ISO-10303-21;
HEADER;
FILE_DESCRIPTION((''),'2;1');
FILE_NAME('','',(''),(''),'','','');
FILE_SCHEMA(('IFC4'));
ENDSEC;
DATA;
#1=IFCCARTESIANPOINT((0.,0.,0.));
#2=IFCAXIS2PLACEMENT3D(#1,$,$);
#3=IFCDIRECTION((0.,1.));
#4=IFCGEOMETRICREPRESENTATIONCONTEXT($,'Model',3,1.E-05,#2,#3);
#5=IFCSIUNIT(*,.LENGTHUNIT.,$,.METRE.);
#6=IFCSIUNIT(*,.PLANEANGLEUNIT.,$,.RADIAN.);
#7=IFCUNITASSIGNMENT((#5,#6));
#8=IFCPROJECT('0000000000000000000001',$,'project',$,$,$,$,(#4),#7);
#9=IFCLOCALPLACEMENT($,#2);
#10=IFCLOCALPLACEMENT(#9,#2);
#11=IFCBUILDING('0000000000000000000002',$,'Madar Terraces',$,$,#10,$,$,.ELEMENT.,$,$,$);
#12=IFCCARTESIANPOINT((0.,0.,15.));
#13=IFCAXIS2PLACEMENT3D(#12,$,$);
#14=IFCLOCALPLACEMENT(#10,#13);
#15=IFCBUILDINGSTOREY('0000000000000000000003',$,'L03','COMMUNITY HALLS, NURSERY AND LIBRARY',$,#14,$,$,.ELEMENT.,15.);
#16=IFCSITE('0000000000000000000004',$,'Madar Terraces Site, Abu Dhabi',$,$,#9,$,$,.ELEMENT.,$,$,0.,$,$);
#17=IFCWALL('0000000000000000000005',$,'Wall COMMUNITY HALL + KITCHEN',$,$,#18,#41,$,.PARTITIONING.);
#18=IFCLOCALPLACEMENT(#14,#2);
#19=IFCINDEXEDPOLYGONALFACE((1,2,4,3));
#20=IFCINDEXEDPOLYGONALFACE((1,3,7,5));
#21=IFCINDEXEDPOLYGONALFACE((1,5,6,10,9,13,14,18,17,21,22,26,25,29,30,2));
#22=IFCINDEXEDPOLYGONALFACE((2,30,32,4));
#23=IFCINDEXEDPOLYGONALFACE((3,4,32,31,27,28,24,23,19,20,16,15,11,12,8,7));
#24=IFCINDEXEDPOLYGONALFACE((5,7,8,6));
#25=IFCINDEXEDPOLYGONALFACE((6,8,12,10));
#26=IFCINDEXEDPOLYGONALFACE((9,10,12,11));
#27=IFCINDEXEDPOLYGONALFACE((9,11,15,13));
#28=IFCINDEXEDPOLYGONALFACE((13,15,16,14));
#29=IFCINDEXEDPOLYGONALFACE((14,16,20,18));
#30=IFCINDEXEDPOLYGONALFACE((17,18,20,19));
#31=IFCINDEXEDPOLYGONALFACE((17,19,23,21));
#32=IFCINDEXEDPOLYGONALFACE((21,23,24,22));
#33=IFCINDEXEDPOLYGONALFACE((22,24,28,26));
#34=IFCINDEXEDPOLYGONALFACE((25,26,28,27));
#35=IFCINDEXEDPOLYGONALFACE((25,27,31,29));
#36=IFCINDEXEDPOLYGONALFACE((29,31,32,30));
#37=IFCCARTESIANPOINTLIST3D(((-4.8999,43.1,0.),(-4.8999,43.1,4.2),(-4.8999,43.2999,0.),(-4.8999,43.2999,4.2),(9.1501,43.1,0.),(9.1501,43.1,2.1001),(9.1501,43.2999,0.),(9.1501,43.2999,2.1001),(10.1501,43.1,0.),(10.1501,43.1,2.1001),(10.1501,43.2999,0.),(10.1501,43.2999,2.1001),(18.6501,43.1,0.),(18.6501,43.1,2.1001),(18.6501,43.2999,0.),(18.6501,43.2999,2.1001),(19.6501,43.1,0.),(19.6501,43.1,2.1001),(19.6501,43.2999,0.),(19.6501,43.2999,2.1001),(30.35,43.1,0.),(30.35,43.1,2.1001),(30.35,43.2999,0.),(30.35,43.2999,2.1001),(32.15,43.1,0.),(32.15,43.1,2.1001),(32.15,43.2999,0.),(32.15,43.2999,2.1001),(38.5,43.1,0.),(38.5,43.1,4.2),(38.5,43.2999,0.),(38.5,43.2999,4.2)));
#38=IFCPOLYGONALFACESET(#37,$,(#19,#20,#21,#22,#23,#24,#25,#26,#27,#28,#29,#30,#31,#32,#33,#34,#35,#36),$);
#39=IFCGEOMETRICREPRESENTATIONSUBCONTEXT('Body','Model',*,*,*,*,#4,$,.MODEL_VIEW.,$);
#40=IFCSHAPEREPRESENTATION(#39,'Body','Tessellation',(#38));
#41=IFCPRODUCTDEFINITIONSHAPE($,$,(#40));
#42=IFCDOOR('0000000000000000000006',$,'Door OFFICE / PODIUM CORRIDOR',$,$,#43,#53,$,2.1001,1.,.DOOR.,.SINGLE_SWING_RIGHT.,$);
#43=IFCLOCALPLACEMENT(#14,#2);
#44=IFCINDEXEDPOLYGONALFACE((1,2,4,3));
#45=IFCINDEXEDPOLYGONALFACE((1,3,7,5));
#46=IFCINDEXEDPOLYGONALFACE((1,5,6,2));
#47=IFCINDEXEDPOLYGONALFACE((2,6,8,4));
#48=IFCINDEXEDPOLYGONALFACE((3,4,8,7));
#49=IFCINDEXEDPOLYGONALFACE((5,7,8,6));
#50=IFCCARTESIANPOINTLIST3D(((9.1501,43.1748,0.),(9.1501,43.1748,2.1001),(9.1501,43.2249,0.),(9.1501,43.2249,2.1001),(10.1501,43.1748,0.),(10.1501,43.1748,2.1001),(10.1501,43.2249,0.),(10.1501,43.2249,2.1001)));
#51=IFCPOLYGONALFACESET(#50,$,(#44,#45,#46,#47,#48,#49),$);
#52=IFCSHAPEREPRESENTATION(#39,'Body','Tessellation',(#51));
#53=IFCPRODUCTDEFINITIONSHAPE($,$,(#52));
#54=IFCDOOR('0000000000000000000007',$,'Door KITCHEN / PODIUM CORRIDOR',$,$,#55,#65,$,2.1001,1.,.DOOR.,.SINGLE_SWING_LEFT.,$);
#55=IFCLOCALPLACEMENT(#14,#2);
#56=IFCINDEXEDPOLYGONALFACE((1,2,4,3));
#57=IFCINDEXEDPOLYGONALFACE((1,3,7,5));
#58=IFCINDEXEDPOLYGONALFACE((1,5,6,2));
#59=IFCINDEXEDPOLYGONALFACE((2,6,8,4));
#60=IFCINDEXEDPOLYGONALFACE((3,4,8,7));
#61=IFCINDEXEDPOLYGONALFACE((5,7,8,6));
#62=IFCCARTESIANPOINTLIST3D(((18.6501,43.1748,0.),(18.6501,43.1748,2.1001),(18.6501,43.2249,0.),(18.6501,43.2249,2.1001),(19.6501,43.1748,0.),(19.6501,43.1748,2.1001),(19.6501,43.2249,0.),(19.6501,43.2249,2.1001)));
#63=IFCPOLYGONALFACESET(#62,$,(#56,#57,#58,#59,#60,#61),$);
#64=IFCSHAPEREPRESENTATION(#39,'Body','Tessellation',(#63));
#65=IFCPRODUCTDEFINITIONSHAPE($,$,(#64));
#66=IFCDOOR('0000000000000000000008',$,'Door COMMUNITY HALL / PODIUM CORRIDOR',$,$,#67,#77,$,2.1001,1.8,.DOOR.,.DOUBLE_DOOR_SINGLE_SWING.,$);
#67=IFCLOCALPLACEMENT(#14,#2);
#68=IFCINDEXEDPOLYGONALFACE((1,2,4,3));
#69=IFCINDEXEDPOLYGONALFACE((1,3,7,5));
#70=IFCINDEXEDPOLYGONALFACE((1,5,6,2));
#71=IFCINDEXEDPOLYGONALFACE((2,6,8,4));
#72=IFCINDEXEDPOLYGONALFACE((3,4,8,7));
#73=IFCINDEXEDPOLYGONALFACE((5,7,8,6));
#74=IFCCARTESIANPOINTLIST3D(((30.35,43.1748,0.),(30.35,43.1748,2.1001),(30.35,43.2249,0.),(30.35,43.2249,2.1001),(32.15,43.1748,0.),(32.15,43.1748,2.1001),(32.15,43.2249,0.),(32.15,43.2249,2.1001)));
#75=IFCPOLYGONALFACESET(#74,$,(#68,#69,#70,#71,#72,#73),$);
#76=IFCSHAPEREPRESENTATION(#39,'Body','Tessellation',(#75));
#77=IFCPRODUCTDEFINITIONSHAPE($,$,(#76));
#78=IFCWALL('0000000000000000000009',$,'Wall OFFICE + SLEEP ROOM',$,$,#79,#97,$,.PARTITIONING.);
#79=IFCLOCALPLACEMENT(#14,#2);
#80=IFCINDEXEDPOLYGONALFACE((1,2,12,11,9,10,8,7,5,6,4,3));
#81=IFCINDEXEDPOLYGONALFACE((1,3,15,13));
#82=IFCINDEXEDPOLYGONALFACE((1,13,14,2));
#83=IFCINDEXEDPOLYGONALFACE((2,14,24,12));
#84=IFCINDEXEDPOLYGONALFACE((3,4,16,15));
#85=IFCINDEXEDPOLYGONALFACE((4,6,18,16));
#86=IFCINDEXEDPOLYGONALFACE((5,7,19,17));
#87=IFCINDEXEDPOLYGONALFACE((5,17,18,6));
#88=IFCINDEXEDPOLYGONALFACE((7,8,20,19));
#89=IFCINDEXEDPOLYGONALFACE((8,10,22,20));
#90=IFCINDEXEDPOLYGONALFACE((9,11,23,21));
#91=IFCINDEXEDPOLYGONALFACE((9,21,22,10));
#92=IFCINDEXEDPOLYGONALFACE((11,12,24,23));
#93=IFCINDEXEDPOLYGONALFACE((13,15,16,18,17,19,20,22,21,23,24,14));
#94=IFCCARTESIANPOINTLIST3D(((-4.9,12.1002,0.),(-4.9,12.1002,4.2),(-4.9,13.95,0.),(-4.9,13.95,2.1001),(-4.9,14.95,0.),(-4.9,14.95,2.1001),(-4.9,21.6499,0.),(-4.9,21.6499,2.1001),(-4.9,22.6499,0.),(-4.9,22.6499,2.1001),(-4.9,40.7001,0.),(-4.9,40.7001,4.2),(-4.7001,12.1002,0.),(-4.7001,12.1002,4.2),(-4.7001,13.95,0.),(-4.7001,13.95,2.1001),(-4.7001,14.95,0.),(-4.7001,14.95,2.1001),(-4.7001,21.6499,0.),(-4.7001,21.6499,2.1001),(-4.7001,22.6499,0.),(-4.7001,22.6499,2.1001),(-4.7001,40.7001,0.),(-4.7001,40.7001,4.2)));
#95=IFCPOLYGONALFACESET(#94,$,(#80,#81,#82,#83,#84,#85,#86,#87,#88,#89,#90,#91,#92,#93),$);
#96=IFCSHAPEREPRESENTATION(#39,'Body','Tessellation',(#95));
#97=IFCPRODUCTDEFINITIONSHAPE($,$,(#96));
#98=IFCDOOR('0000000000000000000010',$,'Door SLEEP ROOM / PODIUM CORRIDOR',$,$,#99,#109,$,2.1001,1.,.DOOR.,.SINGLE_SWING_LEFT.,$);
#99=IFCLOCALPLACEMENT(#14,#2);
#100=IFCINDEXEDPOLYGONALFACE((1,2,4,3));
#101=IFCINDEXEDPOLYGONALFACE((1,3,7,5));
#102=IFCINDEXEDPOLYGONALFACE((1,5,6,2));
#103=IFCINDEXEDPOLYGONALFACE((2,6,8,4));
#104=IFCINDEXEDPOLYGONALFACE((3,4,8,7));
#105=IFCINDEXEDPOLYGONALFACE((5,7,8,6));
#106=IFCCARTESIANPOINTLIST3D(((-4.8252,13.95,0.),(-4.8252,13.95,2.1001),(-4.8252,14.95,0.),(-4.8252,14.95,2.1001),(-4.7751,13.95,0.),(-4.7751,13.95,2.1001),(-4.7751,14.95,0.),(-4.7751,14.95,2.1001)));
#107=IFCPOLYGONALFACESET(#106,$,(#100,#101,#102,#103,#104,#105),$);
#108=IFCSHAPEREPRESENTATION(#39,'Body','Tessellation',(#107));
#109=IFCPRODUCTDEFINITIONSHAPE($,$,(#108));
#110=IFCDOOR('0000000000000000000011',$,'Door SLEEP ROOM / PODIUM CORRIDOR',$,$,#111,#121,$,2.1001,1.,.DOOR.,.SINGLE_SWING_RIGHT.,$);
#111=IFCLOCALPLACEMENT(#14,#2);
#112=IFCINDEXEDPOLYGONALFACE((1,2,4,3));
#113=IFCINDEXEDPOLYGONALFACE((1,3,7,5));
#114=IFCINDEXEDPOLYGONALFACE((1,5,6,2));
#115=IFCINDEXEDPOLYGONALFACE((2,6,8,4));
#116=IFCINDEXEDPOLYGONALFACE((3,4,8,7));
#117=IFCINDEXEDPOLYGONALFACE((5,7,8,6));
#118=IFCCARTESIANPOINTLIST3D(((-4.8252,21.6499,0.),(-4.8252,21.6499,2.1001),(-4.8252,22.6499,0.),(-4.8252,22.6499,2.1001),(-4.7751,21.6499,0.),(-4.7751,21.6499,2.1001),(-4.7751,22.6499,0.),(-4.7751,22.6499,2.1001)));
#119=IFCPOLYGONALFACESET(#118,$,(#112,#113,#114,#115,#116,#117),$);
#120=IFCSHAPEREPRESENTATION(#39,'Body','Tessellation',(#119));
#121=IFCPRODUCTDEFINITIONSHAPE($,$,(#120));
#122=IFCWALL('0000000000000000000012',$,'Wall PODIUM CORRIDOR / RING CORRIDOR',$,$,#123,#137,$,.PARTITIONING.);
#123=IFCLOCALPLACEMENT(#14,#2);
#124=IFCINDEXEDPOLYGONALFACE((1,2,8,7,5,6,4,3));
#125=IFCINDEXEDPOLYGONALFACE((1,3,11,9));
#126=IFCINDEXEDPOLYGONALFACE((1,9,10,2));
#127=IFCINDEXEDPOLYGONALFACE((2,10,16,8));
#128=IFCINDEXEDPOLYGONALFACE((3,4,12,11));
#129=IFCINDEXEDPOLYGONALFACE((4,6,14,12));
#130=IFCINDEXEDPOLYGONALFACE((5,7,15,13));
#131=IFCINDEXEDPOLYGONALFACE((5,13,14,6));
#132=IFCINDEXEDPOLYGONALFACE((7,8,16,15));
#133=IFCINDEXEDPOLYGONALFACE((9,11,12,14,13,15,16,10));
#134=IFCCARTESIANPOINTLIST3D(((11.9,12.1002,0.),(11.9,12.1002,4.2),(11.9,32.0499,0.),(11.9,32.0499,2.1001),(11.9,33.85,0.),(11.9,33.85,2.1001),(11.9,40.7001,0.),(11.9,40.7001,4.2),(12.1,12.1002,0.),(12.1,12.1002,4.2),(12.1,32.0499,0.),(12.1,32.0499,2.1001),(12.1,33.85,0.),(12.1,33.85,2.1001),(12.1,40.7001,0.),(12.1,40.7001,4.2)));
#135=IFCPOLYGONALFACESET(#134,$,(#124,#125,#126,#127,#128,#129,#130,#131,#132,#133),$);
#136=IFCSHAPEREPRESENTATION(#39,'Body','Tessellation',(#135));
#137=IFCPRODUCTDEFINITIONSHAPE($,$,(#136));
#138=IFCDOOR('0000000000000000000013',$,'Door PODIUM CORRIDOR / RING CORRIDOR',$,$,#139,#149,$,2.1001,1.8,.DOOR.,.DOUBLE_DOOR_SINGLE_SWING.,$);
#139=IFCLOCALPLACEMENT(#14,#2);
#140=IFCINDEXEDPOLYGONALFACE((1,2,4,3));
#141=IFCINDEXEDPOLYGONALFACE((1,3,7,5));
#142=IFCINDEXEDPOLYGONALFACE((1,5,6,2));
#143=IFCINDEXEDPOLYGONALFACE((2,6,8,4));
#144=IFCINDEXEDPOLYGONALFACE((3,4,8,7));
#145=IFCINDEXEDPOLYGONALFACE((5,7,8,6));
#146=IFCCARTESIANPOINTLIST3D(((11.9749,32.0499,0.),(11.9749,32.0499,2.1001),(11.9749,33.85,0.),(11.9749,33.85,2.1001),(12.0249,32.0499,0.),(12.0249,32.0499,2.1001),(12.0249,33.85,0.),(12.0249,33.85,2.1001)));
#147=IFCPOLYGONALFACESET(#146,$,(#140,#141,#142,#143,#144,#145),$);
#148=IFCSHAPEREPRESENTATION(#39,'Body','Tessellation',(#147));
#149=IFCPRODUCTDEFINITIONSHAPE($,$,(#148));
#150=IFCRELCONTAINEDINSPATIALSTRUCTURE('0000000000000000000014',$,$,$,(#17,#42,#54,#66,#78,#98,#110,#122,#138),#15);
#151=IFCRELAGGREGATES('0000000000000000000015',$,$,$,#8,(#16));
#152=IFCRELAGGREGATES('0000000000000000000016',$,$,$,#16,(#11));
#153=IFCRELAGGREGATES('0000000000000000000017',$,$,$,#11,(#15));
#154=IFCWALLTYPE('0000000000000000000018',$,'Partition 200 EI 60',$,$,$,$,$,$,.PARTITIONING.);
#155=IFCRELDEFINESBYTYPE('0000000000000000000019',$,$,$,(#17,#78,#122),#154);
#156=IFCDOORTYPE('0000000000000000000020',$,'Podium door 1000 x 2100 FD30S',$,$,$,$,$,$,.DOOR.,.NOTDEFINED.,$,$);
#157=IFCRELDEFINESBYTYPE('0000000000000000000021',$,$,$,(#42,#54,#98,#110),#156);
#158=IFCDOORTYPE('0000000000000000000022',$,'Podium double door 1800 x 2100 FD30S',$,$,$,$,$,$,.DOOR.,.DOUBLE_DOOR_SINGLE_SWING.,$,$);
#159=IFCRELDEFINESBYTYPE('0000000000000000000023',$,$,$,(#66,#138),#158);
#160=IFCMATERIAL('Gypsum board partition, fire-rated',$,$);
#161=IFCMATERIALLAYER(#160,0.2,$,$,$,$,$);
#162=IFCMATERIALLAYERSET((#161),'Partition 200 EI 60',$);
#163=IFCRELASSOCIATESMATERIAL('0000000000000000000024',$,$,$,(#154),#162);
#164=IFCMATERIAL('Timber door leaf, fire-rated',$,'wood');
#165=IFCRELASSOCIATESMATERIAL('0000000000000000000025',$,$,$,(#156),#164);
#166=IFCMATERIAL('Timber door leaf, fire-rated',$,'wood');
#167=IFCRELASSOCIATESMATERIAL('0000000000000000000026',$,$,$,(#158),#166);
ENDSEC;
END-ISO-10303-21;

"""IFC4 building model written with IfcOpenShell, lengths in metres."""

from ifc_helpers import new_model, si_unit, direction, frame, frame_2d, origin, place, context, subcontext, project, spatial, rectangle, extrude, material, layer, layer_set, type_object, element, fill, save


model = new_model("IFC4")

# Units and contexts
model_context = context("Model", 3, precision=1e-05, world=origin(), true_north=direction((0.0, 1.0)))
body_context = subcontext(model_context, "Body", "Model", "MODEL_VIEW")
ifc_project = project(units=[si_unit("LENGTHUNIT", "METRE"), si_unit("PLANEANGLEUNIT", "RADIAN")], contexts=[model_context])

# Site, building, storey
site_placement = place(None, origin())
site = spatial("IfcSite", under=ifc_project, at=site_placement, Name="Madar Terraces Site, Abu Dhabi", CompositionType="ELEMENT", RefElevation=0.0)
building_placement = place(site_placement, origin())
building = spatial("IfcBuilding", under=site, at=building_placement, Name="Madar Terraces", CompositionType="ELEMENT")
storey_placement = place(building_placement, frame((0.0, 0.0, 15.0)))
storey = spatial("IfcBuildingStorey", under=building, at=storey_placement, Name="L03", Description="COMMUNITY HALLS, NURSERY AND LIBRARY", CompositionType="ELEMENT", Elevation=15.0)

# Shared definitions
ifc_material_1 = material(Name="Gypsum board partition, fire-rated")
ifc_layer_1 = layer(ifc_material_1, 0.2)
ifc_layer_set_1 = layer_set([ifc_layer_1], Name="Partition 200 EI 60")
wall_type = type_object("IfcWallType", Name="Partition 200 EI 60", PredefinedType="PARTITIONING", material=ifc_layer_set_1)

# Walls, openings, doors
wall_1_placement = place(storey_placement, frame((-4.8999, 43.2, 0.0), z_axis=(0.0, 0.0, 1.0), x_axis=(1.0, 0.0, 0.0)))
wall_1 = element("IfcWall", 1, at=wall_1_placement, inside=storey, type_object=wall_type, Name="Wall COMMUNITY HALL + KITCHEN", PredefinedType="PARTITIONING", context=body_context, shape_type="SweptSolid", body=[
    extrude(rectangle(XDim=43.3999, YDim=0.2, at=frame_2d((21.7, 0.0))), origin(), (0.0, 0.0, 1.0), 4.2),
])
opening_1_placement = place(wall_1_placement, frame((14.05, 0.0, 0.0)))
opening_1 = element("IfcOpeningElement", 2, at=opening_1_placement, cuts=wall_1, PredefinedType="OPENING", context=body_context, shape_type="SweptSolid", body=[
    extrude(rectangle(XDim=1.0, YDim=2.1001, at=frame_2d((0.5, 1.05))), frame((0.0, 0.1099, 0.0), z_axis=(0.0, -1.0, 0.0), x_axis=(1.0, 0.0, 0.0)), (0.0, 0.0, 1.0), 0.22),
])
opening_2_placement = place(wall_1_placement, frame((23.55, 0.0, 0.0)))
opening_2 = element("IfcOpeningElement", 3, at=opening_2_placement, cuts=wall_1, PredefinedType="OPENING", context=body_context, shape_type="SweptSolid", body=[
    extrude(rectangle(XDim=1.0, YDim=2.1001, at=frame_2d((0.5, 1.05))), frame((0.0, 0.1099, 0.0), z_axis=(0.0, -1.0, 0.0), x_axis=(1.0, 0.0, 0.0)), (0.0, 0.0, 1.0), 0.22),
])
opening_3_placement = place(wall_1_placement, frame((35.25, 0.0, 0.0)))
opening_3 = element("IfcOpeningElement", 4, at=opening_3_placement, cuts=wall_1, PredefinedType="OPENING", context=body_context, shape_type="SweptSolid", body=[
    extrude(rectangle(XDim=1.8, YDim=2.1001, at=frame_2d((0.8999, 1.05))), frame((0.0, 0.1099, 0.0), z_axis=(0.0, -1.0, 0.0), x_axis=(1.0, 0.0, 0.0)), (0.0, 0.0, 1.0), 0.22),
])
ifc_material_2 = material(Name="Timber door leaf, fire-rated", Category="wood")
door_type_1 = type_object("IfcDoorType", Name="Podium door 1000 x 2100 FD30S", OperationType="NOTDEFINED", PredefinedType="DOOR", material=ifc_material_2)
door_1_placement = place(opening_1_placement, origin())
door_1 = element("IfcDoor", 5, at=door_1_placement, inside=storey, type_object=door_type_1, Name="Door OFFICE / PODIUM CORRIDOR", OperationType="SINGLE_SWING_RIGHT", OverallHeight=2.1001, OverallWidth=1.0, PredefinedType="DOOR", context=body_context, shape_type="SweptSolid", body=[
    extrude(rectangle(XDim=1.0, YDim=2.1001, at=frame_2d((0.5, 1.05))), frame((0.0, 0.0249, 0.0), z_axis=(0.0, -1.0, 0.0), x_axis=(1.0, 0.0, 0.0)), (0.0, 0.0, 1.0), 0.05),
])
fill(opening_1, door_1)
door_2_placement = place(opening_2_placement, origin())
door_2 = element("IfcDoor", 6, at=door_2_placement, inside=storey, type_object=door_type_1, Name="Door KITCHEN / PODIUM CORRIDOR", OperationType="SINGLE_SWING_LEFT", OverallHeight=2.1001, OverallWidth=1.0, PredefinedType="DOOR", context=body_context, shape_type="SweptSolid", body=[
    extrude(rectangle(XDim=1.0, YDim=2.1001, at=frame_2d((0.5, 1.05))), frame((0.0, 0.0249, 0.0), z_axis=(0.0, -1.0, 0.0), x_axis=(1.0, 0.0, 0.0)), (0.0, 0.0, 1.0), 0.05),
])
fill(opening_2, door_2)
ifc_material_3 = material(Name="Timber door leaf, fire-rated", Category="wood")
door_type_2 = type_object("IfcDoorType", Name="Podium double door 1800 x 2100 FD30S", OperationType="DOUBLE_DOOR_SINGLE_SWING", PredefinedType="DOOR", material=ifc_material_3)
door_3_placement = place(opening_3_placement, origin())
door_3 = element("IfcDoor", 7, at=door_3_placement, inside=storey, type_object=door_type_2, Name="Door COMMUNITY HALL / PODIUM CORRIDOR", OperationType="DOUBLE_DOOR_SINGLE_SWING", OverallHeight=2.1001, OverallWidth=1.8, PredefinedType="DOOR", context=body_context, shape_type="SweptSolid", body=[
    extrude(rectangle(XDim=1.8, YDim=2.1001, at=frame_2d((0.8999, 1.05))), frame((0.0, 0.0249, 0.0), z_axis=(0.0, -1.0, 0.0), x_axis=(1.0, 0.0, 0.0)), (0.0, 0.0, 1.0), 0.05),
])
fill(opening_3, door_3)
wall_2_placement = place(storey_placement, frame((-4.8, 40.7, 0.0), z_axis=(0.0, 0.0, 1.0), x_axis=(0.0, -1.0, 0.0)))
wall_2 = element("IfcWall", 8, at=wall_2_placement, inside=storey, type_object=wall_type, Name="Wall OFFICE + SLEEP ROOM", PredefinedType="PARTITIONING", context=body_context, shape_type="SweptSolid", body=[
    extrude(rectangle(XDim=28.5999, YDim=0.2, at=frame_2d((14.2998, 0.0))), origin(), (0.0, 0.0, 1.0), 4.2),
])
opening_4_placement = place(wall_2_placement, frame((25.75, 0.0, 0.0)))
opening_4 = element("IfcOpeningElement", 9, at=opening_4_placement, cuts=wall_2, PredefinedType="OPENING", context=body_context, shape_type="SweptSolid", body=[
    extrude(rectangle(XDim=1.0, YDim=2.1001, at=frame_2d((0.5, 1.05))), frame((0.0, 0.1099, 0.0), z_axis=(0.0, -1.0, 0.0), x_axis=(1.0, 0.0, 0.0)), (0.0, 0.0, 1.0), 0.22),
])
opening_5_placement = place(wall_2_placement, frame((18.05, 0.0, 0.0)))
opening_5 = element("IfcOpeningElement", 10, at=opening_5_placement, cuts=wall_2, PredefinedType="OPENING", context=body_context, shape_type="SweptSolid", body=[
    extrude(rectangle(XDim=1.0, YDim=2.1001, at=frame_2d((0.5, 1.05))), frame((0.0, 0.1099, 0.0), z_axis=(0.0, -1.0, 0.0), x_axis=(1.0, 0.0, 0.0)), (0.0, 0.0, 1.0), 0.22),
])
door_4_placement = place(opening_4_placement, origin())
door_4 = element("IfcDoor", 11, at=door_4_placement, inside=storey, type_object=door_type_1, Name="Door SLEEP ROOM / PODIUM CORRIDOR", OperationType="SINGLE_SWING_LEFT", OverallHeight=2.1001, OverallWidth=1.0, PredefinedType="DOOR", context=body_context, shape_type="SweptSolid", body=[
    extrude(rectangle(XDim=1.0, YDim=2.1001, at=frame_2d((0.5, 1.05))), frame((0.0, 0.0249, 0.0), z_axis=(0.0, -1.0, 0.0), x_axis=(1.0, 0.0, 0.0)), (0.0, 0.0, 1.0), 0.05),
])
fill(opening_4, door_4)
door_5_placement = place(opening_5_placement, origin())
door_5 = element("IfcDoor", 12, at=door_5_placement, inside=storey, type_object=door_type_1, Name="Door SLEEP ROOM / PODIUM CORRIDOR", OperationType="SINGLE_SWING_RIGHT", OverallHeight=2.1001, OverallWidth=1.0, PredefinedType="DOOR", context=body_context, shape_type="SweptSolid", body=[
    extrude(rectangle(XDim=1.0, YDim=2.1001, at=frame_2d((0.5, 1.05))), frame((0.0, 0.0249, 0.0), z_axis=(0.0, -1.0, 0.0), x_axis=(1.0, 0.0, 0.0)), (0.0, 0.0, 1.0), 0.05),
])
fill(opening_5, door_5)

# Wall, opening, door
wall_3_placement = place(storey_placement, frame((12.0, 40.7, 0.0), z_axis=(0.0, 0.0, 1.0), x_axis=(0.0, -1.0, 0.0)))
wall_3 = element("IfcWall", 13, at=wall_3_placement, inside=storey, type_object=wall_type, Name="Wall PODIUM CORRIDOR / RING CORRIDOR", PredefinedType="PARTITIONING", context=body_context, shape_type="SweptSolid", body=[
    extrude(rectangle(XDim=28.5999, YDim=0.2, at=frame_2d((14.2998, 0.0))), origin(), (0.0, 0.0, 1.0), 4.2),
])
opening_6_placement = place(wall_3_placement, frame((6.8501, 0.0, 0.0)))
opening_6 = element("IfcOpeningElement", 14, at=opening_6_placement, cuts=wall_3, PredefinedType="OPENING", context=body_context, shape_type="SweptSolid", body=[
    extrude(rectangle(XDim=1.8, YDim=2.1001, at=frame_2d((0.8999, 1.05))), frame((0.0, 0.1099, 0.0), z_axis=(0.0, -1.0, 0.0), x_axis=(1.0, 0.0, 0.0)), (0.0, 0.0, 1.0), 0.22),
])
door_6_placement = place(opening_6_placement, origin())
door_6 = element("IfcDoor", 15, at=door_6_placement, inside=storey, type_object=door_type_2, Name="Door PODIUM CORRIDOR / RING CORRIDOR", OperationType="DOUBLE_DOOR_SINGLE_SWING", OverallHeight=2.1001, OverallWidth=1.8, PredefinedType="DOOR", context=body_context, shape_type="SweptSolid", body=[
    extrude(rectangle(XDim=1.8, YDim=2.1001, at=frame_2d((0.8999, 1.05))), frame((0.0, 0.0249, 0.0), z_axis=(0.0, -1.0, 0.0), x_axis=(1.0, 0.0, 0.0)), (0.0, 0.0, 1.0), 0.05),
])
fill(opening_6, door_6)

save(model, "model.ifc")
